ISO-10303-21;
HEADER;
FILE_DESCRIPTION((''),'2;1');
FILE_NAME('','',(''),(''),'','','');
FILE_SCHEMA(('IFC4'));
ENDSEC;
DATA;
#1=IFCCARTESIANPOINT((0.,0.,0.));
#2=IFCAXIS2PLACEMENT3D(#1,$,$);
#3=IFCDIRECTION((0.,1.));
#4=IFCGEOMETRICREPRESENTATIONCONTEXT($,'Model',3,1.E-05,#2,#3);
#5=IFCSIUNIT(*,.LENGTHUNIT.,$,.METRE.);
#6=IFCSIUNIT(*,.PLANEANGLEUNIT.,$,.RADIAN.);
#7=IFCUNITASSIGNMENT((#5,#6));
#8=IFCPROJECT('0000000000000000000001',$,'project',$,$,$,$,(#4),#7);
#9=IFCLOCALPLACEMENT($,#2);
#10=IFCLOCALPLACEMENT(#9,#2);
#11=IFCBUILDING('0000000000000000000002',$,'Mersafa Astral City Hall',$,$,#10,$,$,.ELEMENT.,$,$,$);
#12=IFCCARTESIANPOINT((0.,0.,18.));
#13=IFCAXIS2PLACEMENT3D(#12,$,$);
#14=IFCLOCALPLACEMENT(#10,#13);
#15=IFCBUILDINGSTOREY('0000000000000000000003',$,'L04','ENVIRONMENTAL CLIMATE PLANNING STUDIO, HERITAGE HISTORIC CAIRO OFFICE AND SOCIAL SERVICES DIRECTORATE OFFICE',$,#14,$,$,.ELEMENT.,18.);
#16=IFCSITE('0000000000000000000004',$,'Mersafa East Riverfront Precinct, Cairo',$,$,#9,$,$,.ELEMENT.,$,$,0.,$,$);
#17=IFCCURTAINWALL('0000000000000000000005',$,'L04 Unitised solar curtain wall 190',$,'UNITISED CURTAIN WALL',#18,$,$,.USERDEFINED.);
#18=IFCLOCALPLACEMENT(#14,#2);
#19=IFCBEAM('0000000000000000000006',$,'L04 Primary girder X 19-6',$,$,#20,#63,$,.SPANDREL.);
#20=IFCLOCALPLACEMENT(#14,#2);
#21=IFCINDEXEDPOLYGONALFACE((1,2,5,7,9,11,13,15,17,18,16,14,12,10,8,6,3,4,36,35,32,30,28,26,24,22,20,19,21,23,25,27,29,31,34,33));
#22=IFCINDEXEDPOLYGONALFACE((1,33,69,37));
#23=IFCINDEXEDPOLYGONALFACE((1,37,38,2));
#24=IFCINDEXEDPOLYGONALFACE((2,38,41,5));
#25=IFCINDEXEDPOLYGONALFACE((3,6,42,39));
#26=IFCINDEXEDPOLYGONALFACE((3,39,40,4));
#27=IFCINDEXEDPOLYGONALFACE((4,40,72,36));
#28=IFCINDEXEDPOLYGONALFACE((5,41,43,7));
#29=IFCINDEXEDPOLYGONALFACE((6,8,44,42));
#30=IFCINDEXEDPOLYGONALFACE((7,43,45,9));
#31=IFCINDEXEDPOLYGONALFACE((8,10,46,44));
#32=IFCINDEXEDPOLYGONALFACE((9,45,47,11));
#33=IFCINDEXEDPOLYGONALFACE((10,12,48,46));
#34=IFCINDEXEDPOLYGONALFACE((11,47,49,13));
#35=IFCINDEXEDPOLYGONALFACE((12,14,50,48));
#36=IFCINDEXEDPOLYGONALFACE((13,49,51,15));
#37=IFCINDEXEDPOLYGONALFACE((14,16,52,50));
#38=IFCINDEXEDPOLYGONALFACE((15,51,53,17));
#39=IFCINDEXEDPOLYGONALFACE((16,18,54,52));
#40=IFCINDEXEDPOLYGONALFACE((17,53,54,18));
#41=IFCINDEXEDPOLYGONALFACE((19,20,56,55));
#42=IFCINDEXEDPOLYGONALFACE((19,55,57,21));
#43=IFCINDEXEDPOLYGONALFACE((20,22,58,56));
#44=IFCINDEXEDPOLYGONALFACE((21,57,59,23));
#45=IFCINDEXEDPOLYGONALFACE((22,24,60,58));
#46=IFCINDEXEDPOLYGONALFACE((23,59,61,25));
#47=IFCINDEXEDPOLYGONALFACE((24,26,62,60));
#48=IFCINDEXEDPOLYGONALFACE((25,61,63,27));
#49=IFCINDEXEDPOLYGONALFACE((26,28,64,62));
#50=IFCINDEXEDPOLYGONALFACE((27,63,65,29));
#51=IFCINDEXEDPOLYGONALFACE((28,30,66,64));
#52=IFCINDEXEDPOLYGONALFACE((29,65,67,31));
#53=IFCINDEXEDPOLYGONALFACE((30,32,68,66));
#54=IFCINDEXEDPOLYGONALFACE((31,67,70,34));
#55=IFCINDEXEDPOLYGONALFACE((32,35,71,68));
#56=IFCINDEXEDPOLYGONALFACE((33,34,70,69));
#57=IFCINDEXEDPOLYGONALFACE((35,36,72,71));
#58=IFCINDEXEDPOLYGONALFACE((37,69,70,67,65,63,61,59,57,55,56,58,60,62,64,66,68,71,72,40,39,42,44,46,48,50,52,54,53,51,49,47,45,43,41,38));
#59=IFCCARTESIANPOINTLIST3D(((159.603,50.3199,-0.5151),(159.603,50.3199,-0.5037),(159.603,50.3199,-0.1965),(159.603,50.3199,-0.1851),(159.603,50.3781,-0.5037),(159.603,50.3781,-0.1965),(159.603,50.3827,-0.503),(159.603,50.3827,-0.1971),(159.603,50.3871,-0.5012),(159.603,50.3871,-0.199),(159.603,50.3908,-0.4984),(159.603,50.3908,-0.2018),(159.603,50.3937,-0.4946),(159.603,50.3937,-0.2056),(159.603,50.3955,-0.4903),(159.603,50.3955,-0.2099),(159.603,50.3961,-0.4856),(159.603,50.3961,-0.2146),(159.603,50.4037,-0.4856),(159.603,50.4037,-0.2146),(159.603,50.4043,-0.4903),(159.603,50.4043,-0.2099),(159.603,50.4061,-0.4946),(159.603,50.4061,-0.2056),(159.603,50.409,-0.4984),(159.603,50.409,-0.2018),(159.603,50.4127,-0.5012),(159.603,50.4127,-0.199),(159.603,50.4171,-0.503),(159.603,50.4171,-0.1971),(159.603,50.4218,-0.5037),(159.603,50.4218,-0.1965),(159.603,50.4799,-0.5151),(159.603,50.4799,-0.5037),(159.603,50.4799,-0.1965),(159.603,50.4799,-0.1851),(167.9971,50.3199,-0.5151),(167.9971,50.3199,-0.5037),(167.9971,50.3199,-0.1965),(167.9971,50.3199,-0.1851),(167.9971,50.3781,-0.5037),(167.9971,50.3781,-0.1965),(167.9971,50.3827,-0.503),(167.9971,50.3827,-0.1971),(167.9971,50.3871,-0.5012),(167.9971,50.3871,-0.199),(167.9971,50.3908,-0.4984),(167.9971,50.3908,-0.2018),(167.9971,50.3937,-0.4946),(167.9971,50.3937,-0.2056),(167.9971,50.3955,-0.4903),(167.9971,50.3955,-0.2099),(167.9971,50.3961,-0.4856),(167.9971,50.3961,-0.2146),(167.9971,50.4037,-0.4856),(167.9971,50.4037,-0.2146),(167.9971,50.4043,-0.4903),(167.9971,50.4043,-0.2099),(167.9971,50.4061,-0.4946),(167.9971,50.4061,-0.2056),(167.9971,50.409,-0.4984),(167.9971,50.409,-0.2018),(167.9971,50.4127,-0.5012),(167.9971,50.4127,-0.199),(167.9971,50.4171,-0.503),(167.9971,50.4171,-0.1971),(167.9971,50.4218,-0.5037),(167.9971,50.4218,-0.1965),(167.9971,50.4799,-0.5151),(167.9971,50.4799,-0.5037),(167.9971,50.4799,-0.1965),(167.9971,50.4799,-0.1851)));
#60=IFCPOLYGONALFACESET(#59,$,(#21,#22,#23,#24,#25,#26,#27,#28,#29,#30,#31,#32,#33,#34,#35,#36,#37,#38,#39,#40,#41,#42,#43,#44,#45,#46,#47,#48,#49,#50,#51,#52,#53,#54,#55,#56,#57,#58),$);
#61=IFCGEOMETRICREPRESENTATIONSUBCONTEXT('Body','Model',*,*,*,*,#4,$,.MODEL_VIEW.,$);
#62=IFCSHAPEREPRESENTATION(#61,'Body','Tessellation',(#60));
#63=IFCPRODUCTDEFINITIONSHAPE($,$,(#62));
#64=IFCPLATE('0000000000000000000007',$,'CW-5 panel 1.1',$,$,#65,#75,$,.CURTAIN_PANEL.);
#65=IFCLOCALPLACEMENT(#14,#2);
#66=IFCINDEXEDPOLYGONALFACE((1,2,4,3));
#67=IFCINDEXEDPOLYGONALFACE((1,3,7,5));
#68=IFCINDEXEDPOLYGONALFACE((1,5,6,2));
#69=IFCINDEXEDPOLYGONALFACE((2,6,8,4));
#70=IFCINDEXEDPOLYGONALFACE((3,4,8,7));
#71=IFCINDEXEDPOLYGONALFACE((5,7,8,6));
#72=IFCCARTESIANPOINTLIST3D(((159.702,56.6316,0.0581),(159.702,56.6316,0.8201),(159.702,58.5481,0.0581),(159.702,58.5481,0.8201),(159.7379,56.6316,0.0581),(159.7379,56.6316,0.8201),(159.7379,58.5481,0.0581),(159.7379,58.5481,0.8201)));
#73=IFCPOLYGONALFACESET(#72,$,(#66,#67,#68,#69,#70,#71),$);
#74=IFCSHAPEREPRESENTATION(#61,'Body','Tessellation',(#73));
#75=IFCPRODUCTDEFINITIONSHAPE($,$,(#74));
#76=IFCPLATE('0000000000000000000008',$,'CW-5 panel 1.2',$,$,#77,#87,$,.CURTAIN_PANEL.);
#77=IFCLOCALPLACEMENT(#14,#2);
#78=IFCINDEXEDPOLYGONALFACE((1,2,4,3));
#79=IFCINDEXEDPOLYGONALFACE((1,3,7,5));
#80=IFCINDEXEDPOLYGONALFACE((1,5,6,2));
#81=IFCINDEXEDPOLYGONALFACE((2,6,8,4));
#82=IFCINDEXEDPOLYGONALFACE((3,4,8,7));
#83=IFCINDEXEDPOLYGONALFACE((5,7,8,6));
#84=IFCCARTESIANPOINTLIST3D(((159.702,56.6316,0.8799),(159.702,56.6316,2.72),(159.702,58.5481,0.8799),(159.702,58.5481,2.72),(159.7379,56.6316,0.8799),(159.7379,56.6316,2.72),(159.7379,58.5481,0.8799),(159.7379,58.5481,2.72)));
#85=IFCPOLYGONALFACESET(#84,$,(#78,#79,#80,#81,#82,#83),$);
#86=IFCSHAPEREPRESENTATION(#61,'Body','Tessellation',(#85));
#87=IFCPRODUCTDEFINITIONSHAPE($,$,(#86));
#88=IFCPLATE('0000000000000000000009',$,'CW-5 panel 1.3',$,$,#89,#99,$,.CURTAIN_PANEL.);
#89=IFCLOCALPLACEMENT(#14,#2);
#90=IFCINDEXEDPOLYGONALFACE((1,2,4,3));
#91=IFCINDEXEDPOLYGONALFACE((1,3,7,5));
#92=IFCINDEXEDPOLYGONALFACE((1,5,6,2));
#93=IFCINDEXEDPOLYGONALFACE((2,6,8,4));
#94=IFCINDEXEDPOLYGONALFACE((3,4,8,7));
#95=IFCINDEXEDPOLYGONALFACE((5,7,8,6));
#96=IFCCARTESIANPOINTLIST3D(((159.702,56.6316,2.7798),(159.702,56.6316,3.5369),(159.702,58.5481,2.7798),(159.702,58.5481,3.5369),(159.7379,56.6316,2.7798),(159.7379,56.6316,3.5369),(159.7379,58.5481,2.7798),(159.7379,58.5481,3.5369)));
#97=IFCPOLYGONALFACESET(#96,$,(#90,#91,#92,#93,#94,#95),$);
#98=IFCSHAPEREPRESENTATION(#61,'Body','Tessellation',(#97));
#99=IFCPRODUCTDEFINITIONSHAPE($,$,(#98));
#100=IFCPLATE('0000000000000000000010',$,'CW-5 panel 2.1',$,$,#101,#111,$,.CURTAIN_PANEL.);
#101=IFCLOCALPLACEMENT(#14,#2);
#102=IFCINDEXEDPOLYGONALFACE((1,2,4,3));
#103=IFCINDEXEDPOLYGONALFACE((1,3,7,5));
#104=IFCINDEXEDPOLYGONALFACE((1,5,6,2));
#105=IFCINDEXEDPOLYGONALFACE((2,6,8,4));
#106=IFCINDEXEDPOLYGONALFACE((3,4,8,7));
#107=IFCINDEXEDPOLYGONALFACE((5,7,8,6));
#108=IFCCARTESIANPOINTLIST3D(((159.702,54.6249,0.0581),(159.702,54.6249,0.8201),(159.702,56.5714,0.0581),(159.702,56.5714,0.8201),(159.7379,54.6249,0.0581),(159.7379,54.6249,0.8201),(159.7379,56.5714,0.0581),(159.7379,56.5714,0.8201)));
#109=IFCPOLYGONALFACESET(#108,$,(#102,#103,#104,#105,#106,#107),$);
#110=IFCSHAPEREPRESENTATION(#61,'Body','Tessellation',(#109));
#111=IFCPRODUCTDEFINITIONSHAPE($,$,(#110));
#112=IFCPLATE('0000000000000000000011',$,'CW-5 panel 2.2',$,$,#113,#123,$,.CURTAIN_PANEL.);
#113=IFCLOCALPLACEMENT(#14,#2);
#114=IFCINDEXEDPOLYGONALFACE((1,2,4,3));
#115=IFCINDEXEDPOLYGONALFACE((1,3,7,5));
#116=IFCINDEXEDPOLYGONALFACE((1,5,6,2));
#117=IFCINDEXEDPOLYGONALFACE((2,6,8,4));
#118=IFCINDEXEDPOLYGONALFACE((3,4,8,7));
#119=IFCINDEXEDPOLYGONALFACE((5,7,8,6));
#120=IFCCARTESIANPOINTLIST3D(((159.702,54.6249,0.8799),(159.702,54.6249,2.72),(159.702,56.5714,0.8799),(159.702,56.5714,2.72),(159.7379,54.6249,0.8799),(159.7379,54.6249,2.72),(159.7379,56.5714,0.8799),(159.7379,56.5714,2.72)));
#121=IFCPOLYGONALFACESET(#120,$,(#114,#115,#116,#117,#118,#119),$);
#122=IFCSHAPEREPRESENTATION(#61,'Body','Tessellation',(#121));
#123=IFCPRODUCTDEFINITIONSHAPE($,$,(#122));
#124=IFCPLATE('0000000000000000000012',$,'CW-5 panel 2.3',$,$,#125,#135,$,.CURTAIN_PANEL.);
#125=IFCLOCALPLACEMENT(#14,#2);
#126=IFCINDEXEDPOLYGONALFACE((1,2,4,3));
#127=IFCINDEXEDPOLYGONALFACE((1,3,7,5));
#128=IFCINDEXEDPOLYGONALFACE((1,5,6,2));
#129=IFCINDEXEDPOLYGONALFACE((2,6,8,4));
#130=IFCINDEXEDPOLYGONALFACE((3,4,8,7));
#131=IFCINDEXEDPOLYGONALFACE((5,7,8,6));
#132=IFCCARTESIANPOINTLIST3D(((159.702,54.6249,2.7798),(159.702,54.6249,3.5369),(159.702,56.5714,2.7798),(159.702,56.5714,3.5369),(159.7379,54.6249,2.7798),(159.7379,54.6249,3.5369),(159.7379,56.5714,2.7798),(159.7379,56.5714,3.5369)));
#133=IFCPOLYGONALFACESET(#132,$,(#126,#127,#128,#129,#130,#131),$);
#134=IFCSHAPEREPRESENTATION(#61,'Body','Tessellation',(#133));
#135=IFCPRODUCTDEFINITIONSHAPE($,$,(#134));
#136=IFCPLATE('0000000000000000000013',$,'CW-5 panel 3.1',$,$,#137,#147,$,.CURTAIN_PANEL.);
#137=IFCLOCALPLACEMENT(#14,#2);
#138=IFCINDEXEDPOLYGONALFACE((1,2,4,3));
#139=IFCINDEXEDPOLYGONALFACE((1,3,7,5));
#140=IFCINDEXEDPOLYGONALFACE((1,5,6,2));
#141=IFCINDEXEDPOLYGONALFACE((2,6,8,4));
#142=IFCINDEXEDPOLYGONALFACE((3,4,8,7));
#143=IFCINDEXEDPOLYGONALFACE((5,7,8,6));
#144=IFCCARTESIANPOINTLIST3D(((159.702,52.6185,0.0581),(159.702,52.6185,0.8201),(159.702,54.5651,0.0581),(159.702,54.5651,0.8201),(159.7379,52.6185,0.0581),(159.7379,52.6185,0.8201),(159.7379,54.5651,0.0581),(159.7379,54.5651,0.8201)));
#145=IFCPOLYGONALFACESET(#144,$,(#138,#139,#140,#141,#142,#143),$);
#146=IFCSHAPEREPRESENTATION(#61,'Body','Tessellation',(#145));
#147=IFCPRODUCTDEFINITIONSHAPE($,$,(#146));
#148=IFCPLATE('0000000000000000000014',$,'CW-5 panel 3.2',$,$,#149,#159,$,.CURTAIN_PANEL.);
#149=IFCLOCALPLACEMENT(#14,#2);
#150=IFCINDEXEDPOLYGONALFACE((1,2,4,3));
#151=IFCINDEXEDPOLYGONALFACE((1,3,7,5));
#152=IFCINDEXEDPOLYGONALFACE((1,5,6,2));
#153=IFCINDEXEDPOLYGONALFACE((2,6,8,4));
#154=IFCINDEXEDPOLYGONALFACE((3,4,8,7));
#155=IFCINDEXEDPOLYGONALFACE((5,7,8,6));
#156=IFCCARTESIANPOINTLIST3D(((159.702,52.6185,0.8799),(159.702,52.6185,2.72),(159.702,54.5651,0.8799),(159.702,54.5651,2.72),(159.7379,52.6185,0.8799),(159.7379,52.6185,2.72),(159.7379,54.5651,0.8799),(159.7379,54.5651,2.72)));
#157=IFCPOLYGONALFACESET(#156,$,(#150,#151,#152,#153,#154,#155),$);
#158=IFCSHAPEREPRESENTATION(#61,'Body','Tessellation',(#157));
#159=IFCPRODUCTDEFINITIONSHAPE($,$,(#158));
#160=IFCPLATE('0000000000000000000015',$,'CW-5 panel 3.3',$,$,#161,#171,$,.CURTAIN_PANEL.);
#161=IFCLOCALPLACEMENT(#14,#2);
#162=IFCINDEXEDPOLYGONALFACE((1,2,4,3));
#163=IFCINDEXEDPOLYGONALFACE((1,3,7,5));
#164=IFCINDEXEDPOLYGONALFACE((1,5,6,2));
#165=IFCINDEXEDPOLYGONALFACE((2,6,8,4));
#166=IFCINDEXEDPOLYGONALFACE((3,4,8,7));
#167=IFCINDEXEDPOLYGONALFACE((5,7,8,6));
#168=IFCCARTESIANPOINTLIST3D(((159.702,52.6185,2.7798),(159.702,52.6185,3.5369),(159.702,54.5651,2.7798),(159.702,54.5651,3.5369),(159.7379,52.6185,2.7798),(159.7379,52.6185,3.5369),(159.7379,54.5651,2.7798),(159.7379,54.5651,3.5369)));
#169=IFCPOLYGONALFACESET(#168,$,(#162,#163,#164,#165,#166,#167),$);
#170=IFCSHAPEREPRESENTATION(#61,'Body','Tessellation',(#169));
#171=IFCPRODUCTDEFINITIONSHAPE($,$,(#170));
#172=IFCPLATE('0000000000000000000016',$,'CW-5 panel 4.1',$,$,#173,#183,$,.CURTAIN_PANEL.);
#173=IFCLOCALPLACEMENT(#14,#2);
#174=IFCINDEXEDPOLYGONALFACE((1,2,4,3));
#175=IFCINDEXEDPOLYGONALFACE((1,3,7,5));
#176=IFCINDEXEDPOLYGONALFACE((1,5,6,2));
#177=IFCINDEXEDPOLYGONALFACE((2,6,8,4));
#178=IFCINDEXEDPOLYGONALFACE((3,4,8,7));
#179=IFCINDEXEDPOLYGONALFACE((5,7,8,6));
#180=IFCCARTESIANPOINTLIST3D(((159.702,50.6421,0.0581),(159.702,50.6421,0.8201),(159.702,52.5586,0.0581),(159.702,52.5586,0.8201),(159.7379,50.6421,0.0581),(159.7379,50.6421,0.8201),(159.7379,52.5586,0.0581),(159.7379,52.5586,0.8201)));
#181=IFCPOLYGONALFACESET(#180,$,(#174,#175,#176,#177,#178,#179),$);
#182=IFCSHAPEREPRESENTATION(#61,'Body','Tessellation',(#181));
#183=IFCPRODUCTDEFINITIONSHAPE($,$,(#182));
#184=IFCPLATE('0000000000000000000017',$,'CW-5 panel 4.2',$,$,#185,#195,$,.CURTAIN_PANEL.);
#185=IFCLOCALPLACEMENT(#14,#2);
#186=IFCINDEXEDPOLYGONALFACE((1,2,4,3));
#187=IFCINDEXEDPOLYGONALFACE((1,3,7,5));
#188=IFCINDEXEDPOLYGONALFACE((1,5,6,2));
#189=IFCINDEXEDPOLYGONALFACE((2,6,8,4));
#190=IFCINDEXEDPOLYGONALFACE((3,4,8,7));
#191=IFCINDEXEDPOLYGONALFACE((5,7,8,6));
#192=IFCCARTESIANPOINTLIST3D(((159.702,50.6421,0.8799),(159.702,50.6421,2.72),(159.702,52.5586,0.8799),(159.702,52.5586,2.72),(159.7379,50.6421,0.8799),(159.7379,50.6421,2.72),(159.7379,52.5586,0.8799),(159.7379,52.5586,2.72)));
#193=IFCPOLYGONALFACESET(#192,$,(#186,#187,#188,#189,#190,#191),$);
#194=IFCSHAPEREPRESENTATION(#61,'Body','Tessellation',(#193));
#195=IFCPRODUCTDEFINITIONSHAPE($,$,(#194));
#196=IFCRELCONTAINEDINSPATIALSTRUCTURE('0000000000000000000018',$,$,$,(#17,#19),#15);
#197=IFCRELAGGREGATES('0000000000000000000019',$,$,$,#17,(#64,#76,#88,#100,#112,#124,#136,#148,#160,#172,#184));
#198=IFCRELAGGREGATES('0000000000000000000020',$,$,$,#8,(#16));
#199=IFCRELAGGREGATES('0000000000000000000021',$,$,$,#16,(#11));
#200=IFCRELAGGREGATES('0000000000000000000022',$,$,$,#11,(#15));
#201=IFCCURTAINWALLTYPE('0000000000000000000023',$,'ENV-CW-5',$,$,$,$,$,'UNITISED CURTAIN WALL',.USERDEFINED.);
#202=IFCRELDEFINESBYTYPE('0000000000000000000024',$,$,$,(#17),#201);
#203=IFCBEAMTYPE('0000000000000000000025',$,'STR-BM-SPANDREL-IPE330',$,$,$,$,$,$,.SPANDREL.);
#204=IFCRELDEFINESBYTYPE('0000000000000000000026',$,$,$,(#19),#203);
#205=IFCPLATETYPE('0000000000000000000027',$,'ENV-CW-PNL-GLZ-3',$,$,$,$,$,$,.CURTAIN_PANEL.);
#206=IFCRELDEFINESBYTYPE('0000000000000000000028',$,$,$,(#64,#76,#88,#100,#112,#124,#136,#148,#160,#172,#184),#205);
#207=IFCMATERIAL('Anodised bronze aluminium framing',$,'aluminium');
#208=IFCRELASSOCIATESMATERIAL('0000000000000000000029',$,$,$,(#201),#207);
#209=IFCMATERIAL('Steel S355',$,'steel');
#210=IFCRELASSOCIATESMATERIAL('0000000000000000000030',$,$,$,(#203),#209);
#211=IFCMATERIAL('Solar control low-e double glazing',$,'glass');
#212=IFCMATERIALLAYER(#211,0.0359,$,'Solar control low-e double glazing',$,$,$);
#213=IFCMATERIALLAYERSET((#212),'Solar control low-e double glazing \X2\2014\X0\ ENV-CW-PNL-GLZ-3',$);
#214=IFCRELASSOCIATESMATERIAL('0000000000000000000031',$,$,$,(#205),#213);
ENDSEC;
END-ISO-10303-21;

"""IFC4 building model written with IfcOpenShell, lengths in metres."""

from ifc_helpers import new_model, si_unit, direction, frame, origin, origin_2d, place, context, subcontext, project, spatial, rectangle, i_section, extrude, material, layer, layer_set, material_profile, profile_set, type_object, element, aggregate, save


model = new_model("IFC4")

# Units and contexts
model_context = context("Model", 3, precision=1e-05, world=origin(), true_north=direction((0.0, 1.0)))
body_context = subcontext(model_context, "Body", "Model", "MODEL_VIEW")
ifc_project = project(units=[si_unit("LENGTHUNIT", "METRE"), si_unit("PLANEANGLEUNIT", "RADIAN")], contexts=[model_context])

# Site, building, storey
site_placement = place(None, origin())
site = spatial("IfcSite", under=ifc_project, at=site_placement, Name="Mersafa East Riverfront Precinct, Cairo", CompositionType="ELEMENT", RefElevation=0.0)
building_placement = place(site_placement, origin())
building = spatial("IfcBuilding", under=site, at=building_placement, Name="Mersafa Astral City Hall", CompositionType="ELEMENT")
storey_placement = place(building_placement, frame((0.0, 0.0, 18.0)))
storey = spatial("IfcBuildingStorey", under=building, at=storey_placement, Name="L04", Description="ENVIRONMENTAL CLIMATE PLANNING STUDIO, HERITAGE HISTORIC CAIRO OFFICE AND SOCIAL SERVICES DIRECTORATE OFFICE", CompositionType="ELEMENT", Elevation=18.0)

# Curtain wall
ifc_material_1 = material(Name="Anodised bronze aluminium framing", Category="aluminium")
curtain_wall_type = type_object("IfcCurtainWallType", Name="ENV-CW-5", ElementType="UNITISED CURTAIN WALL", PredefinedType="USERDEFINED", material=ifc_material_1)
curtain_wall_placement = place(storey_placement, origin())
curtain_wall = element("IfcCurtainWall", 1, at=curtain_wall_placement, inside=storey, type_object=curtain_wall_type, Name="L04 Unitised solar curtain wall 190", ObjectType="UNITISED CURTAIN WALL", PredefinedType="USERDEFINED")

# Beam
ifc_material_2 = material(Name="Steel S355", Category="steel")
ifc_material_profile_1 = material_profile(ifc_material_2, i_section(OverallWidth=0.1599, OverallDepth=0.3301, WebThickness=0.0076, FlangeThickness=0.0115, FilletRadius=0.0181, at=origin_2d()), Name="IPE 330")
ifc_profile_set_1 = profile_set([ifc_material_profile_1], Name="Steel S355")
beam_type_1 = type_object("IfcBeamType", Name="STR-BM-SPANDREL-IPE330", PredefinedType="SPANDREL", material=ifc_profile_set_1)
beam_1_placement = place(storey_placement, frame((159.603, 50.3999, -0.3501), z_axis=(1.0, 0.0, 0.0), x_axis=(0.0, 1.0, 0.0)))
element("IfcBeam", 2, at=beam_1_placement, inside=storey, type_object=beam_type_1, Name="L04 Primary girder X 19-6", PredefinedType="SPANDREL", context=body_context, shape_type="SweptSolid", body=[
    extrude(i_section(OverallWidth=0.1599, OverallDepth=0.3301, WebThickness=0.0076, FlangeThickness=0.0115, FilletRadius=0.0181, at=origin_2d()), origin(), (0.0, 0.0, 1.0), 8.394),
])

# Plates
ifc_material_3 = material(Name="Solar control low-e double glazing", Category="glass")
ifc_layer_1 = layer(ifc_material_3, 0.0359, Name="Solar control low-e double glazing")
ifc_layer_set_1 = layer_set([ifc_layer_1], Name="Solar control low-e double glazing — ENV-CW-PNL-GLZ-3")
plate_type = type_object("IfcPlateType", Name="ENV-CW-PNL-GLZ-3", PredefinedType="CURTAIN_PANEL", material=ifc_layer_set_1)
plate_1_placement = place(storey_placement, frame((159.72, 57.5898, 0.0581), z_axis=(0.0, 0.0, 1.0), x_axis=(0.0, -1.0, 0.0)))
plate_1 = element("IfcPlate", 3, at=plate_1_placement, type_object=plate_type, Name="CW-5 panel 1.1", PredefinedType="CURTAIN_PANEL", context=body_context, shape_type="SweptSolid", body=[
    extrude(rectangle(XDim=1.9165, YDim=0.0359, at=origin_2d()), origin(), (0.0, 0.0, 1.0), 0.762),
])
plate_2_placement = place(storey_placement, frame((159.72, 57.5898, 0.8799), z_axis=(0.0, 0.0, 1.0), x_axis=(0.0, -1.0, 0.0)))
plate_2 = element("IfcPlate", 4, at=plate_2_placement, type_object=plate_type, Name="CW-5 panel 1.2", PredefinedType="CURTAIN_PANEL", context=body_context, shape_type="SweptSolid", body=[
    extrude(rectangle(XDim=1.9165, YDim=0.0359, at=origin_2d()), origin(), (0.0, 0.0, 1.0), 1.8401),
])
plate_3_placement = place(storey_placement, frame((159.72, 57.5898, 2.7798), z_axis=(0.0, 0.0, 1.0), x_axis=(0.0, -1.0, 0.0)))
plate_3 = element("IfcPlate", 5, at=plate_3_placement, type_object=plate_type, Name="CW-5 panel 1.3", PredefinedType="CURTAIN_PANEL", context=body_context, shape_type="SweptSolid", body=[
    extrude(rectangle(XDim=1.9165, YDim=0.0359, at=origin_2d()), origin(), (0.0, 0.0, 1.0), 0.7571),
])
plate_4_placement = place(storey_placement, frame((159.72, 55.5981, 0.0581), z_axis=(0.0, 0.0, 1.0), x_axis=(0.0, -1.0, 0.0)))
plate_4 = element("IfcPlate", 6, at=plate_4_placement, type_object=plate_type, Name="CW-5 panel 2.1", PredefinedType="CURTAIN_PANEL", context=body_context, shape_type="SweptSolid", body=[
    extrude(rectangle(XDim=1.9465, YDim=0.0359, at=origin_2d()), origin(), (0.0, 0.0, 1.0), 0.762),
])
plate_5_placement = place(storey_placement, frame((159.72, 55.5981, 0.8799), z_axis=(0.0, 0.0, 1.0), x_axis=(0.0, -1.0, 0.0)))
plate_5 = element("IfcPlate", 7, at=plate_5_placement, type_object=plate_type, Name="CW-5 panel 2.2", PredefinedType="CURTAIN_PANEL", context=body_context, shape_type="SweptSolid", body=[
    extrude(rectangle(XDim=1.9465, YDim=0.0359, at=origin_2d()), origin(), (0.0, 0.0, 1.0), 1.8401),
])
plate_6_placement = place(storey_placement, frame((159.72, 55.5981, 2.7798), z_axis=(0.0, 0.0, 1.0), x_axis=(0.0, -1.0, 0.0)))
plate_6 = element("IfcPlate", 8, at=plate_6_placement, type_object=plate_type, Name="CW-5 panel 2.3", PredefinedType="CURTAIN_PANEL", context=body_context, shape_type="SweptSolid", body=[
    extrude(rectangle(XDim=1.9465, YDim=0.0359, at=origin_2d()), origin(), (0.0, 0.0, 1.0), 0.7571),
])
plate_7_placement = place(storey_placement, frame((159.72, 53.5918, 0.0581), z_axis=(0.0, 0.0, 1.0), x_axis=(0.0, -1.0, 0.0)))
plate_7 = element("IfcPlate", 9, at=plate_7_placement, type_object=plate_type, Name="CW-5 panel 3.1", PredefinedType="CURTAIN_PANEL", context=body_context, shape_type="SweptSolid", body=[
    extrude(rectangle(XDim=1.9465, YDim=0.0359, at=origin_2d()), origin(), (0.0, 0.0, 1.0), 0.762),
])
plate_8_placement = place(storey_placement, frame((159.72, 53.5918, 0.8799), z_axis=(0.0, 0.0, 1.0), x_axis=(0.0, -1.0, 0.0)))
plate_8 = element("IfcPlate", 10, at=plate_8_placement, type_object=plate_type, Name="CW-5 panel 3.2", PredefinedType="CURTAIN_PANEL", context=body_context, shape_type="SweptSolid", body=[
    extrude(rectangle(XDim=1.9465, YDim=0.0359, at=origin_2d()), origin(), (0.0, 0.0, 1.0), 1.8401),
])
plate_9_placement = place(storey_placement, frame((159.72, 53.5918, 2.7798), z_axis=(0.0, 0.0, 1.0), x_axis=(0.0, -1.0, 0.0)))
plate_9 = element("IfcPlate", 11, at=plate_9_placement, type_object=plate_type, Name="CW-5 panel 3.3", PredefinedType="CURTAIN_PANEL", context=body_context, shape_type="SweptSolid", body=[
    extrude(rectangle(XDim=1.9465, YDim=0.0359, at=origin_2d()), origin(), (0.0, 0.0, 1.0), 0.7571),
])
plate_10_placement = place(storey_placement, frame((159.72, 51.6003, 0.0581), z_axis=(0.0, 0.0, 1.0), x_axis=(0.0, -1.0, 0.0)))
plate_10 = element("IfcPlate", 12, at=plate_10_placement, type_object=plate_type, Name="CW-5 panel 4.1", PredefinedType="CURTAIN_PANEL", context=body_context, shape_type="SweptSolid", body=[
    extrude(rectangle(XDim=1.9165, YDim=0.0359, at=origin_2d()), origin(), (0.0, 0.0, 1.0), 0.762),
])
plate_11_placement = place(storey_placement, frame((159.72, 51.6003, 0.8799), z_axis=(0.0, 0.0, 1.0), x_axis=(0.0, -1.0, 0.0)))
plate_11 = element("IfcPlate", 13, at=plate_11_placement, type_object=plate_type, Name="CW-5 panel 4.2", PredefinedType="CURTAIN_PANEL", context=body_context, shape_type="SweptSolid", body=[
    extrude(rectangle(XDim=1.9165, YDim=0.0359, at=origin_2d()), origin(), (0.0, 0.0, 1.0), 1.8401),
])
aggregate(curtain_wall, [plate_1, plate_2, plate_3, plate_4, plate_5, plate_6, plate_7, plate_8, plate_9, plate_10, plate_11])

save(model, "model.ifc")
